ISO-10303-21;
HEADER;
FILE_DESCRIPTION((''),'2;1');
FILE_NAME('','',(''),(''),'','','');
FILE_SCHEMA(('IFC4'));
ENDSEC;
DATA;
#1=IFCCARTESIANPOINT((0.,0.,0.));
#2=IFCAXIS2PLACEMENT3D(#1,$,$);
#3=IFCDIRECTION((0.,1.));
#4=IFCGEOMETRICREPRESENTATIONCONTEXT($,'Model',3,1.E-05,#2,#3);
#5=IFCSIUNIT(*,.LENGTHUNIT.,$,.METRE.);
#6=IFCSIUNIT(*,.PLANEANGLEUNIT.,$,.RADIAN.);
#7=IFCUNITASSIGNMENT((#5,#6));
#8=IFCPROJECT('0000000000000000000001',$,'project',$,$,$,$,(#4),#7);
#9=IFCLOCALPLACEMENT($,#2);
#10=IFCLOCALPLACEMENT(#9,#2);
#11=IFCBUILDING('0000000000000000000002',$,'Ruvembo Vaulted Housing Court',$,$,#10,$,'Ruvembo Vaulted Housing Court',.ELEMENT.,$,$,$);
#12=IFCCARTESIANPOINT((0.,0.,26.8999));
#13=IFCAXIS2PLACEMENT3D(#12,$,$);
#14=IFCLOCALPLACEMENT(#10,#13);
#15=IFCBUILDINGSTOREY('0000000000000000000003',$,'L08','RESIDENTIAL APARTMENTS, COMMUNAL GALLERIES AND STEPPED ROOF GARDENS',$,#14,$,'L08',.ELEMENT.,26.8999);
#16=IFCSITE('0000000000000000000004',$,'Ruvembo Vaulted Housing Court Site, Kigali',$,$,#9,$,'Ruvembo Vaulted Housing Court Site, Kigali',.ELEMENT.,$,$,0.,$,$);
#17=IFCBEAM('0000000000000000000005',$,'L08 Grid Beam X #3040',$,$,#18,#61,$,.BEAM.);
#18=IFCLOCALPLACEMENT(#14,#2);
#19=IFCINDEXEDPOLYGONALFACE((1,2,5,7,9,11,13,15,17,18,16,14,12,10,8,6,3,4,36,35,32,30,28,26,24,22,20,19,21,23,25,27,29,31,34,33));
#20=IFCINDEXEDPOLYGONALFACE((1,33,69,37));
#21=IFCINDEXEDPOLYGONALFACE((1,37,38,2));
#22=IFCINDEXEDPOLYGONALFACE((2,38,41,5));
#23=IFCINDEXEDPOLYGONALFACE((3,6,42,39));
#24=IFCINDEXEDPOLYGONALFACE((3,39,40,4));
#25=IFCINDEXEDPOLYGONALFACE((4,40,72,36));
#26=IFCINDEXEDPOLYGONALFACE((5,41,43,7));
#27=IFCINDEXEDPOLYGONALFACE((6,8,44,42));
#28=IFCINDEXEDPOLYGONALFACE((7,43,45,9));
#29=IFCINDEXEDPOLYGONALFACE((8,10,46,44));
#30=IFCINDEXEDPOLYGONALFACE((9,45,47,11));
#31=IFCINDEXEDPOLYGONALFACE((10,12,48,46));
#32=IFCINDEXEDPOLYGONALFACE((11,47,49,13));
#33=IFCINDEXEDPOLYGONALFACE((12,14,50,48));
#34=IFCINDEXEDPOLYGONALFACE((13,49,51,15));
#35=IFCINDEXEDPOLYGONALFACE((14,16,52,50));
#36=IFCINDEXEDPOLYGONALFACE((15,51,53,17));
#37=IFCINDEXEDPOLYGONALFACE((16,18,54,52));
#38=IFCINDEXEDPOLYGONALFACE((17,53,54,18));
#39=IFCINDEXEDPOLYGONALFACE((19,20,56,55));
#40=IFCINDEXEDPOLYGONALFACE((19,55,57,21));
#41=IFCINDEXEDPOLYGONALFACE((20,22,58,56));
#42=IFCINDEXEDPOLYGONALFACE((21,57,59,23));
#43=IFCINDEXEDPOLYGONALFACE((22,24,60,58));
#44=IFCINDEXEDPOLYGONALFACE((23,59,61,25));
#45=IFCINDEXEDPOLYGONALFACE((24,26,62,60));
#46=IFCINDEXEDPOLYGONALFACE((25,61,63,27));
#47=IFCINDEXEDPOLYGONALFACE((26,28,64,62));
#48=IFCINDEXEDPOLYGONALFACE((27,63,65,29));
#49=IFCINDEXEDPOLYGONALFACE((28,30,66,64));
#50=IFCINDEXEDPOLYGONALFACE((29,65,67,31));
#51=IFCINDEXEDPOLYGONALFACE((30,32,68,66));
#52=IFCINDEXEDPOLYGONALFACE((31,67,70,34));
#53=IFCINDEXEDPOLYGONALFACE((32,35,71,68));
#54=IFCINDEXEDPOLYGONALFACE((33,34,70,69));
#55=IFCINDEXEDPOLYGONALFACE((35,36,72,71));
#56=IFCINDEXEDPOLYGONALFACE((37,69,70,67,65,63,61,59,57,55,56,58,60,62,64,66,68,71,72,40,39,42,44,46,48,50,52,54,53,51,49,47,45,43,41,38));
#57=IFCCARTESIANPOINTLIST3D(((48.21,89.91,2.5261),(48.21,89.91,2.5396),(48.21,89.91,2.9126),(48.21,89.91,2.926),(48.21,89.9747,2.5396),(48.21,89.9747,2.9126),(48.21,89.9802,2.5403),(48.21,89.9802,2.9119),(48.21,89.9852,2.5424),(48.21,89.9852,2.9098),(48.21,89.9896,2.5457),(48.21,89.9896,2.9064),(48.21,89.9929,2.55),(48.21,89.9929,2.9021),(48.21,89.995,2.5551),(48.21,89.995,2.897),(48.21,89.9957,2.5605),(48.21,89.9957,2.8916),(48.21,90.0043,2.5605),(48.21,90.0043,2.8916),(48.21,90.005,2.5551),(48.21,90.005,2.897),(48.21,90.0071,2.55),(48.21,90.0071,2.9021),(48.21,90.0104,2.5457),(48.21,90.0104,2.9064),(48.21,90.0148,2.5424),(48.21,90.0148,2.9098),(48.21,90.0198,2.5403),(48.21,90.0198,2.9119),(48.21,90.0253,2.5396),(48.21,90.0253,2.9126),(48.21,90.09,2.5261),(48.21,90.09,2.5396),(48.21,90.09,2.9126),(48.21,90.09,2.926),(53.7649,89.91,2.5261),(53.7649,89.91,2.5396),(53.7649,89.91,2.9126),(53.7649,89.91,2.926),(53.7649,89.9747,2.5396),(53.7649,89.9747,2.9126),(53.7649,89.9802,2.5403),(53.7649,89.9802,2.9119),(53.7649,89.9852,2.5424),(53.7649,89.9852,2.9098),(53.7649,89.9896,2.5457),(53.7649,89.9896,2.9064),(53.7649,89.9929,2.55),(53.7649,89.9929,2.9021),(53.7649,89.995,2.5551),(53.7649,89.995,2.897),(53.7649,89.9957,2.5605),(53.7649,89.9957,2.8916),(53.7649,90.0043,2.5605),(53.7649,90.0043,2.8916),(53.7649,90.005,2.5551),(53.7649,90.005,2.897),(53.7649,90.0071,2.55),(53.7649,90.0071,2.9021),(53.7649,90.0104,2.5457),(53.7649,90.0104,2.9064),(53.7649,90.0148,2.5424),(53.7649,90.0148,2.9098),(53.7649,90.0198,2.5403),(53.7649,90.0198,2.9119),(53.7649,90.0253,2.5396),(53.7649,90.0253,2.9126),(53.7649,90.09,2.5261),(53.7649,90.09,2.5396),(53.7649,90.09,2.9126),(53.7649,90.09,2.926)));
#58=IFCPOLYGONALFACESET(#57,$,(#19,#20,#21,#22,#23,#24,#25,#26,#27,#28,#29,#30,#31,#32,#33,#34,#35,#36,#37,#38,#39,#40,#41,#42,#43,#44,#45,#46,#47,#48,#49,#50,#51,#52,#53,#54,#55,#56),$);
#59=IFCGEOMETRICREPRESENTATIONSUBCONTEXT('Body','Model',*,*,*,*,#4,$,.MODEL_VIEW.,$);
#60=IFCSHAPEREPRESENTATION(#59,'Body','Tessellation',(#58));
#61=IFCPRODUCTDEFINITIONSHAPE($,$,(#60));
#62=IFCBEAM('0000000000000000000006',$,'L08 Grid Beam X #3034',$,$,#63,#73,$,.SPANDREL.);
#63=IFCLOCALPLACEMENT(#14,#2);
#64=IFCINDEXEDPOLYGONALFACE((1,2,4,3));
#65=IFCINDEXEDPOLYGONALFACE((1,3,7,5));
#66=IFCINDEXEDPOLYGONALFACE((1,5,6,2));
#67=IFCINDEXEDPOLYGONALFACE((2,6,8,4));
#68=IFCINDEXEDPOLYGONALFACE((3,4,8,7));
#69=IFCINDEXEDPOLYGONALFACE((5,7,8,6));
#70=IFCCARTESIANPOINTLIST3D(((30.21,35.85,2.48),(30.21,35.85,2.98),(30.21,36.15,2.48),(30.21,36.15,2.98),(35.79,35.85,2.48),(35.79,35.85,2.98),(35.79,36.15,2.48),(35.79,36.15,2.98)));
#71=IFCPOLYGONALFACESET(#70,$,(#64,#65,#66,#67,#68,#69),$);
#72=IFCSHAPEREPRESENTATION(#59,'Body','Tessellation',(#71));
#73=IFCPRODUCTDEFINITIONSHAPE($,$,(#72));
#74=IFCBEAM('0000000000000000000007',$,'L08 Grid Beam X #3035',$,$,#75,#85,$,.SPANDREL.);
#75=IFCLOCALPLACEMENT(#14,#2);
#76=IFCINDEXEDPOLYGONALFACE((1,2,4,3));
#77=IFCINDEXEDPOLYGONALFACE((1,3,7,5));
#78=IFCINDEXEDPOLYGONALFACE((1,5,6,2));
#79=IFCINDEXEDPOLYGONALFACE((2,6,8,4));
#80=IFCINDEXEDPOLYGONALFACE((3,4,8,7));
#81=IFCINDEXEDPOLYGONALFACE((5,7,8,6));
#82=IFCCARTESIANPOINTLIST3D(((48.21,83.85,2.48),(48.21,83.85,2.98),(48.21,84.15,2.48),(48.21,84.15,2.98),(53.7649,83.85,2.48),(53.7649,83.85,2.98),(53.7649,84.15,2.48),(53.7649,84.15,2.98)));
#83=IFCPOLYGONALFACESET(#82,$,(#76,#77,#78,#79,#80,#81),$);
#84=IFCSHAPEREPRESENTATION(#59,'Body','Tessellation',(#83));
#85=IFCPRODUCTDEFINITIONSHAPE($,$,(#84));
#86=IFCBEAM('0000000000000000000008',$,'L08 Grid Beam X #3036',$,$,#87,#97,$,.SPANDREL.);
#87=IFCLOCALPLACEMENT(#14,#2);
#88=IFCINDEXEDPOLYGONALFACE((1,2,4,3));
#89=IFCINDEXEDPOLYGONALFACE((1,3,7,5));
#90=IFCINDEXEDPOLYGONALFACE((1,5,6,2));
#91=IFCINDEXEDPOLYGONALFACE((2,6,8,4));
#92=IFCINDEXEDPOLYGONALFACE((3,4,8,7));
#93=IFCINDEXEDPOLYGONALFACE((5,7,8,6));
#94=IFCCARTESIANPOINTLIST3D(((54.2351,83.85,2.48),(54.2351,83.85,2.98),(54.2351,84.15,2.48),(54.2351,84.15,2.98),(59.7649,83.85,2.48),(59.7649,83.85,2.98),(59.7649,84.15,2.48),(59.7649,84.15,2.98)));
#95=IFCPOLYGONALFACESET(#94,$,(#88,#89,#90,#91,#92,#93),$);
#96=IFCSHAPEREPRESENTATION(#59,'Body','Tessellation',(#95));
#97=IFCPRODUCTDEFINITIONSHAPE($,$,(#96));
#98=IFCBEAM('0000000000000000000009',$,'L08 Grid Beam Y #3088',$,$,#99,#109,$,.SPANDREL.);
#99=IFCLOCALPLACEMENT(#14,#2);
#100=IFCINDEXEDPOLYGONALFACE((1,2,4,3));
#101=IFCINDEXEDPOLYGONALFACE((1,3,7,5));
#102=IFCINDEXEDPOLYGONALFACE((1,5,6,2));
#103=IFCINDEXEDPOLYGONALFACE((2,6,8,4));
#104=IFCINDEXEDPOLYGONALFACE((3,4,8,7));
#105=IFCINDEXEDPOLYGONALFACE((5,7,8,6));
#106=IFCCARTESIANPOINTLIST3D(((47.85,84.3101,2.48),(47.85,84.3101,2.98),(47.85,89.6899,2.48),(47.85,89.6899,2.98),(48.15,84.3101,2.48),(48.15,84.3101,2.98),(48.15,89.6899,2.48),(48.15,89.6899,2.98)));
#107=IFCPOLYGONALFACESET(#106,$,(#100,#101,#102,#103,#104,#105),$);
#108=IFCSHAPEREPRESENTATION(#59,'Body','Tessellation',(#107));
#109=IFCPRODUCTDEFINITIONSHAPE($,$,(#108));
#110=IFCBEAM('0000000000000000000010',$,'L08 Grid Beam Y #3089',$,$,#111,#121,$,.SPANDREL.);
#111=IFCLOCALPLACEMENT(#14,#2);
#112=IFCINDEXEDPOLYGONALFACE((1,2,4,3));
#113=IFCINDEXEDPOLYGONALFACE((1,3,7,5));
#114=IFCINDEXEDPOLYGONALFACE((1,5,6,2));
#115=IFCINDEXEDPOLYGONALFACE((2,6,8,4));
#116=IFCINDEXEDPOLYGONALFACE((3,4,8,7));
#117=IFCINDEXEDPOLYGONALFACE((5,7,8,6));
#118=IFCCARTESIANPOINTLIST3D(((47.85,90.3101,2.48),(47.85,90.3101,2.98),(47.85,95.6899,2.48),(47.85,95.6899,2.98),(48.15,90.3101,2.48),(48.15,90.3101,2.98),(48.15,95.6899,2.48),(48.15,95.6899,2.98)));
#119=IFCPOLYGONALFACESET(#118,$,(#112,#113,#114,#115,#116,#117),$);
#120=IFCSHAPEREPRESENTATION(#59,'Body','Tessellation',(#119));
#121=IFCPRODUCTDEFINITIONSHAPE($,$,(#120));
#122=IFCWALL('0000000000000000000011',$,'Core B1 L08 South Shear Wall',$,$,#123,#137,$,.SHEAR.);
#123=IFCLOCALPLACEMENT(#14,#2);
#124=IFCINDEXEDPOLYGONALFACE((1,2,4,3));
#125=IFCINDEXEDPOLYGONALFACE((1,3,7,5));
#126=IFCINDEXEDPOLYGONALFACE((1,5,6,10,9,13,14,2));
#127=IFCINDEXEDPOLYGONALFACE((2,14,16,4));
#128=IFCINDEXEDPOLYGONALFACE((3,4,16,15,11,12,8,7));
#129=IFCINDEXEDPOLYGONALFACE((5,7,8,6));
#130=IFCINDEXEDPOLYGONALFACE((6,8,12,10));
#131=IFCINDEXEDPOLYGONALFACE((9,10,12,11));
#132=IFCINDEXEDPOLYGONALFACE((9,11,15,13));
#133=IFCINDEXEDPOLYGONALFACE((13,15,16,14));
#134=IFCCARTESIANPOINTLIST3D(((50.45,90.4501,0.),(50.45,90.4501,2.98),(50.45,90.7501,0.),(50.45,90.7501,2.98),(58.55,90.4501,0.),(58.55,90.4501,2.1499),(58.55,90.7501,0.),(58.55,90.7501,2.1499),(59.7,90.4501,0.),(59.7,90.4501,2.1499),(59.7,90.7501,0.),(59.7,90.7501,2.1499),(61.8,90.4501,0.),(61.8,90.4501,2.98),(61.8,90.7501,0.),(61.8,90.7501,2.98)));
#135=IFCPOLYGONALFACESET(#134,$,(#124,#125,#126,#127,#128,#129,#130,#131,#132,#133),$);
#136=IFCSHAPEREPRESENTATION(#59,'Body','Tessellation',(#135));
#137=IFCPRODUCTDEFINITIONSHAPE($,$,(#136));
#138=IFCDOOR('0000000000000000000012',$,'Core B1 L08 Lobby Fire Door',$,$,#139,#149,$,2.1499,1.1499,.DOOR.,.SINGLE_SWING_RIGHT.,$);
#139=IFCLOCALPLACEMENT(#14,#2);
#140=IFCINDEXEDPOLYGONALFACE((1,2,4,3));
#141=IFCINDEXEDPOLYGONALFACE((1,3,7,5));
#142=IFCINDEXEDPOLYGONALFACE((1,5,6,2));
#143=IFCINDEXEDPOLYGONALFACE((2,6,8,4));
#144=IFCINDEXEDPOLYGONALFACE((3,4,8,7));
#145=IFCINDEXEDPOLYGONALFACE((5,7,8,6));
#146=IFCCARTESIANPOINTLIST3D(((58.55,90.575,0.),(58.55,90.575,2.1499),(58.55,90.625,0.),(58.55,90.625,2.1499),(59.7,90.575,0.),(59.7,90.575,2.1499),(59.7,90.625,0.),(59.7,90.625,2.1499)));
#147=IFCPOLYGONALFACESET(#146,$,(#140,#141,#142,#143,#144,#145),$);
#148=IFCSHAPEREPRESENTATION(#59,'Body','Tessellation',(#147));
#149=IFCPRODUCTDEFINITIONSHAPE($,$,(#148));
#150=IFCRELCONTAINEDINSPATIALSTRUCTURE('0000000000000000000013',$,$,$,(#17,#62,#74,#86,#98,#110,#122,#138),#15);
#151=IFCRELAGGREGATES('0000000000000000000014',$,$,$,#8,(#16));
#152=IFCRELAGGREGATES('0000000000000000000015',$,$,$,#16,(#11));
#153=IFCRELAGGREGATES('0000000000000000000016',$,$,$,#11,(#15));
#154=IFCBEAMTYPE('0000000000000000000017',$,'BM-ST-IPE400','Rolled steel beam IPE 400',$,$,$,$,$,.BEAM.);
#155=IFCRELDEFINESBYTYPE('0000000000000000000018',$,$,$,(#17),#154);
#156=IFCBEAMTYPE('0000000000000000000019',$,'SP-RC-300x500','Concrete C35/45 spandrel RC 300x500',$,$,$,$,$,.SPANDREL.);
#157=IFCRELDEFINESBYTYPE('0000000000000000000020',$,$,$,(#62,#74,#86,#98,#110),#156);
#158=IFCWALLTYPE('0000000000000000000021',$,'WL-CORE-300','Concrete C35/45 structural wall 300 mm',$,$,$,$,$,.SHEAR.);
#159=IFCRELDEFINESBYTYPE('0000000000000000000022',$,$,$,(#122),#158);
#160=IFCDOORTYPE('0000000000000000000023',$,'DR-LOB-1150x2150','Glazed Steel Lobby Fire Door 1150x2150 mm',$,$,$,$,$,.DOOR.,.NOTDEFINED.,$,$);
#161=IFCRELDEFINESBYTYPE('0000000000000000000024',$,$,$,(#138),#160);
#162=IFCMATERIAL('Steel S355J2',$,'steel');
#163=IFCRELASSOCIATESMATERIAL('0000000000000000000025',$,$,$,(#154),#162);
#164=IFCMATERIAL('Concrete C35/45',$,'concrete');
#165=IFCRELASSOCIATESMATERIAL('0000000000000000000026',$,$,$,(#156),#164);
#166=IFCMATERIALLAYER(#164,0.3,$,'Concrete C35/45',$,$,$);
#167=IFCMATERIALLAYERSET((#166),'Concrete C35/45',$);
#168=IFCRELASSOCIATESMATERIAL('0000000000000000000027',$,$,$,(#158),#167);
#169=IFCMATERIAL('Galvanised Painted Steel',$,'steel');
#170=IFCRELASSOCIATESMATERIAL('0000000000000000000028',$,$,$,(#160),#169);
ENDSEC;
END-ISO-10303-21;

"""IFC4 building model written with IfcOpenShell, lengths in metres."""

from ifc_helpers import new_model, si_unit, direction, frame, frame_2d, origin, origin_2d, place, context, subcontext, project, spatial, rectangle, i_section, extrude, material, layer, layer_set, material_profile, profile_set, type_object, element, fill, save


model = new_model("IFC4")

# Units and contexts
model_context = context("Model", 3, precision=1e-05, world=origin(), true_north=direction((0.0, 1.0)))
body_context = subcontext(model_context, "Body", "Model", "MODEL_VIEW")
ifc_project = project(units=[si_unit("LENGTHUNIT", "METRE"), si_unit("PLANEANGLEUNIT", "RADIAN")], contexts=[model_context])

# Site, building, storey
site_placement = place(None, origin())
site = spatial("IfcSite", under=ifc_project, at=site_placement, Name="Ruvembo Vaulted Housing Court Site, Kigali", LongName="Ruvembo Vaulted Housing Court Site, Kigali", CompositionType="ELEMENT", RefElevation=0.0)
building_placement = place(site_placement, origin())
building = spatial("IfcBuilding", under=site, at=building_placement, Name="Ruvembo Vaulted Housing Court", LongName="Ruvembo Vaulted Housing Court", CompositionType="ELEMENT")
storey_placement = place(building_placement, frame((0.0, 0.0, 26.8999)))
storey = spatial("IfcBuildingStorey", under=building, at=storey_placement, Name="L08", Description="RESIDENTIAL APARTMENTS, COMMUNAL GALLERIES AND STEPPED ROOF GARDENS", LongName="L08", CompositionType="ELEMENT", Elevation=26.8999)

# Shared definitions
ifc_material_1 = material(Name="Concrete C35/45", Category="concrete")

# Beams
ifc_material_2 = material(Name="Steel S355J2", Category="steel")
ifc_material_profile_1 = material_profile(ifc_material_2, i_section(OverallWidth=0.1799, OverallDepth=0.3999, WebThickness=0.0085, FlangeThickness=0.0134, FilletRadius=0.021, at=origin_2d()), Name="IPE 400")
ifc_profile_set_1 = profile_set([ifc_material_profile_1], Name="Steel S355J2")
beam_type_1 = type_object("IfcBeamType", Name="BM-ST-IPE400", Description="Rolled steel beam IPE 400", PredefinedType="BEAM", material=ifc_profile_set_1)
beam_1_placement = place(storey_placement, frame((48.21, 90.0, 2.7261), z_axis=(1.0, 0.0, 0.0), x_axis=(0.0, 1.0, 0.0)))
element("IfcBeam", 1, at=beam_1_placement, inside=storey, type_object=beam_type_1, Name="L08 Grid Beam X #3040", PredefinedType="BEAM", context=body_context, shape_type="SweptSolid", body=[
    extrude(i_section(OverallWidth=0.1799, OverallDepth=0.3999, WebThickness=0.0085, FlangeThickness=0.0134, FilletRadius=0.021, at=origin_2d()), origin(), (0.0, 0.0, 1.0), 5.5549),
])
ifc_material_profile_2 = material_profile(ifc_material_1, rectangle(XDim=0.3, YDim=0.5, at=origin_2d()), Name="RC 300x500")
ifc_profile_set_2 = profile_set([ifc_material_profile_2], Name="Concrete C35/45")
beam_type_2 = type_object("IfcBeamType", Name="SP-RC-300x500", Description="Concrete C35/45 spandrel RC 300x500", PredefinedType="SPANDREL", material=ifc_profile_set_2)
beam_2_placement = place(storey_placement, frame((30.21, 36.0, 2.73), z_axis=(1.0, 0.0, 0.0), x_axis=(0.0, 1.0, 0.0)))
element("IfcBeam", 2, at=beam_2_placement, inside=storey, type_object=beam_type_2, Name="L08 Grid Beam X #3034", PredefinedType="SPANDREL", context=body_context, shape_type="SweptSolid", body=[
    extrude(rectangle(XDim=0.3, YDim=0.5, at=origin_2d()), origin(), (0.0, 0.0, 1.0), 5.5801),
])
beam_3_placement = place(storey_placement, frame((48.21, 84.0, 2.73), z_axis=(1.0, 0.0, 0.0), x_axis=(0.0, 1.0, 0.0)))
element("IfcBeam", 3, at=beam_3_placement, inside=storey, type_object=beam_type_2, Name="L08 Grid Beam X #3035", PredefinedType="SPANDREL", context=body_context, shape_type="SweptSolid", body=[
    extrude(rectangle(XDim=0.3, YDim=0.5, at=origin_2d()), origin(), (0.0, 0.0, 1.0), 5.5549),
])
beam_4_placement = place(storey_placement, frame((54.2351, 84.0, 2.73), z_axis=(1.0, 0.0, 0.0), x_axis=(0.0, 1.0, 0.0)))
element("IfcBeam", 4, at=beam_4_placement, inside=storey, type_object=beam_type_2, Name="L08 Grid Beam X #3036", PredefinedType="SPANDREL", context=body_context, shape_type="SweptSolid", body=[
    extrude(rectangle(XDim=0.3, YDim=0.5, at=origin_2d()), origin(), (0.0, 0.0, 1.0), 5.5298),
])
for number, where, z_axis, x_axis, name in (
    (5, (48.0, 84.3101, 2.73), (0.0, 1.0, 0.0), (-1.0, 0.0, 0.0), "L08 Grid Beam Y #3088"),
    (6, (48.0, 90.3101, 2.73), (0.0, 1.0, 0.0), (-1.0, 0.0, 0.0), "L08 Grid Beam Y #3089"),
):
    element("IfcBeam", number, at=place(storey_placement, frame(where, z_axis=z_axis, x_axis=x_axis)), inside=storey, type_object=beam_type_2, Name=name, PredefinedType="SPANDREL", context=body_context, shape_type="SweptSolid", body=[
        extrude(rectangle(XDim=0.3, YDim=0.5, at=origin_2d()), origin(), (0.0, 0.0, 1.0), 5.3799),
    ])

# Wall, opening, door
ifc_layer_1 = layer(ifc_material_1, 0.3, Name="Concrete C35/45")
ifc_layer_set_1 = layer_set([ifc_layer_1], Name="Concrete C35/45")
wall_type_1 = type_object("IfcWallType", Name="WL-CORE-300", Description="Concrete C35/45 structural wall 300 mm", PredefinedType="SHEAR", material=ifc_layer_set_1)
wall_1_placement = place(storey_placement, frame((50.45, 90.6001, 0.0), z_axis=(0.0, 0.0, 1.0), x_axis=(1.0, 0.0, 0.0)))
wall_1 = element("IfcWall", 7, at=wall_1_placement, inside=storey, type_object=wall_type_1, Name="Core B1 L08 South Shear Wall", PredefinedType="SHEAR", context=body_context, shape_type="SweptSolid", body=[
    extrude(rectangle(XDim=11.3501, YDim=0.3, at=frame_2d((5.675, 0.0))), origin(), (0.0, 0.0, 1.0), 2.98),
])
opening_1_placement = place(wall_1_placement, frame((8.1001, 0.0, 0.0)))
opening_1 = element("IfcOpeningElement", 8, at=opening_1_placement, cuts=wall_1, PredefinedType="OPENING", context=body_context, shape_type="SweptSolid", body=[
    extrude(rectangle(XDim=1.1499, YDim=2.1499, at=frame_2d((0.575, 1.075))), frame((0.0, 0.1599, 0.0), z_axis=(0.0, -1.0, 0.0), x_axis=(1.0, 0.0, 0.0)), (0.0, 0.0, 1.0), 0.3201),
])
ifc_material_3 = material(Name="Galvanised Painted Steel", Category="steel")
door_type = type_object("IfcDoorType", Name="DR-LOB-1150x2150", Description="Glazed Steel Lobby Fire Door 1150x2150 mm", OperationType="NOTDEFINED", PredefinedType="DOOR", material=ifc_material_3)
door_placement = place(opening_1_placement, origin())
door = element("IfcDoor", 9, at=door_placement, inside=storey, type_object=door_type, Name="Core B1 L08 Lobby Fire Door", OperationType="SINGLE_SWING_RIGHT", OverallHeight=2.1499, OverallWidth=1.1499, PredefinedType="DOOR", context=body_context, shape_type="SweptSolid", body=[
    extrude(rectangle(XDim=1.1499, YDim=2.1499, at=frame_2d((0.575, 1.075))), frame((0.0, 0.0249, 0.0), z_axis=(0.0, -1.0, 0.0), x_axis=(1.0, 0.0, 0.0)), (0.0, 0.0, 1.0), 0.05),
])
fill(opening_1, door)

save(model, "model.ifc")
